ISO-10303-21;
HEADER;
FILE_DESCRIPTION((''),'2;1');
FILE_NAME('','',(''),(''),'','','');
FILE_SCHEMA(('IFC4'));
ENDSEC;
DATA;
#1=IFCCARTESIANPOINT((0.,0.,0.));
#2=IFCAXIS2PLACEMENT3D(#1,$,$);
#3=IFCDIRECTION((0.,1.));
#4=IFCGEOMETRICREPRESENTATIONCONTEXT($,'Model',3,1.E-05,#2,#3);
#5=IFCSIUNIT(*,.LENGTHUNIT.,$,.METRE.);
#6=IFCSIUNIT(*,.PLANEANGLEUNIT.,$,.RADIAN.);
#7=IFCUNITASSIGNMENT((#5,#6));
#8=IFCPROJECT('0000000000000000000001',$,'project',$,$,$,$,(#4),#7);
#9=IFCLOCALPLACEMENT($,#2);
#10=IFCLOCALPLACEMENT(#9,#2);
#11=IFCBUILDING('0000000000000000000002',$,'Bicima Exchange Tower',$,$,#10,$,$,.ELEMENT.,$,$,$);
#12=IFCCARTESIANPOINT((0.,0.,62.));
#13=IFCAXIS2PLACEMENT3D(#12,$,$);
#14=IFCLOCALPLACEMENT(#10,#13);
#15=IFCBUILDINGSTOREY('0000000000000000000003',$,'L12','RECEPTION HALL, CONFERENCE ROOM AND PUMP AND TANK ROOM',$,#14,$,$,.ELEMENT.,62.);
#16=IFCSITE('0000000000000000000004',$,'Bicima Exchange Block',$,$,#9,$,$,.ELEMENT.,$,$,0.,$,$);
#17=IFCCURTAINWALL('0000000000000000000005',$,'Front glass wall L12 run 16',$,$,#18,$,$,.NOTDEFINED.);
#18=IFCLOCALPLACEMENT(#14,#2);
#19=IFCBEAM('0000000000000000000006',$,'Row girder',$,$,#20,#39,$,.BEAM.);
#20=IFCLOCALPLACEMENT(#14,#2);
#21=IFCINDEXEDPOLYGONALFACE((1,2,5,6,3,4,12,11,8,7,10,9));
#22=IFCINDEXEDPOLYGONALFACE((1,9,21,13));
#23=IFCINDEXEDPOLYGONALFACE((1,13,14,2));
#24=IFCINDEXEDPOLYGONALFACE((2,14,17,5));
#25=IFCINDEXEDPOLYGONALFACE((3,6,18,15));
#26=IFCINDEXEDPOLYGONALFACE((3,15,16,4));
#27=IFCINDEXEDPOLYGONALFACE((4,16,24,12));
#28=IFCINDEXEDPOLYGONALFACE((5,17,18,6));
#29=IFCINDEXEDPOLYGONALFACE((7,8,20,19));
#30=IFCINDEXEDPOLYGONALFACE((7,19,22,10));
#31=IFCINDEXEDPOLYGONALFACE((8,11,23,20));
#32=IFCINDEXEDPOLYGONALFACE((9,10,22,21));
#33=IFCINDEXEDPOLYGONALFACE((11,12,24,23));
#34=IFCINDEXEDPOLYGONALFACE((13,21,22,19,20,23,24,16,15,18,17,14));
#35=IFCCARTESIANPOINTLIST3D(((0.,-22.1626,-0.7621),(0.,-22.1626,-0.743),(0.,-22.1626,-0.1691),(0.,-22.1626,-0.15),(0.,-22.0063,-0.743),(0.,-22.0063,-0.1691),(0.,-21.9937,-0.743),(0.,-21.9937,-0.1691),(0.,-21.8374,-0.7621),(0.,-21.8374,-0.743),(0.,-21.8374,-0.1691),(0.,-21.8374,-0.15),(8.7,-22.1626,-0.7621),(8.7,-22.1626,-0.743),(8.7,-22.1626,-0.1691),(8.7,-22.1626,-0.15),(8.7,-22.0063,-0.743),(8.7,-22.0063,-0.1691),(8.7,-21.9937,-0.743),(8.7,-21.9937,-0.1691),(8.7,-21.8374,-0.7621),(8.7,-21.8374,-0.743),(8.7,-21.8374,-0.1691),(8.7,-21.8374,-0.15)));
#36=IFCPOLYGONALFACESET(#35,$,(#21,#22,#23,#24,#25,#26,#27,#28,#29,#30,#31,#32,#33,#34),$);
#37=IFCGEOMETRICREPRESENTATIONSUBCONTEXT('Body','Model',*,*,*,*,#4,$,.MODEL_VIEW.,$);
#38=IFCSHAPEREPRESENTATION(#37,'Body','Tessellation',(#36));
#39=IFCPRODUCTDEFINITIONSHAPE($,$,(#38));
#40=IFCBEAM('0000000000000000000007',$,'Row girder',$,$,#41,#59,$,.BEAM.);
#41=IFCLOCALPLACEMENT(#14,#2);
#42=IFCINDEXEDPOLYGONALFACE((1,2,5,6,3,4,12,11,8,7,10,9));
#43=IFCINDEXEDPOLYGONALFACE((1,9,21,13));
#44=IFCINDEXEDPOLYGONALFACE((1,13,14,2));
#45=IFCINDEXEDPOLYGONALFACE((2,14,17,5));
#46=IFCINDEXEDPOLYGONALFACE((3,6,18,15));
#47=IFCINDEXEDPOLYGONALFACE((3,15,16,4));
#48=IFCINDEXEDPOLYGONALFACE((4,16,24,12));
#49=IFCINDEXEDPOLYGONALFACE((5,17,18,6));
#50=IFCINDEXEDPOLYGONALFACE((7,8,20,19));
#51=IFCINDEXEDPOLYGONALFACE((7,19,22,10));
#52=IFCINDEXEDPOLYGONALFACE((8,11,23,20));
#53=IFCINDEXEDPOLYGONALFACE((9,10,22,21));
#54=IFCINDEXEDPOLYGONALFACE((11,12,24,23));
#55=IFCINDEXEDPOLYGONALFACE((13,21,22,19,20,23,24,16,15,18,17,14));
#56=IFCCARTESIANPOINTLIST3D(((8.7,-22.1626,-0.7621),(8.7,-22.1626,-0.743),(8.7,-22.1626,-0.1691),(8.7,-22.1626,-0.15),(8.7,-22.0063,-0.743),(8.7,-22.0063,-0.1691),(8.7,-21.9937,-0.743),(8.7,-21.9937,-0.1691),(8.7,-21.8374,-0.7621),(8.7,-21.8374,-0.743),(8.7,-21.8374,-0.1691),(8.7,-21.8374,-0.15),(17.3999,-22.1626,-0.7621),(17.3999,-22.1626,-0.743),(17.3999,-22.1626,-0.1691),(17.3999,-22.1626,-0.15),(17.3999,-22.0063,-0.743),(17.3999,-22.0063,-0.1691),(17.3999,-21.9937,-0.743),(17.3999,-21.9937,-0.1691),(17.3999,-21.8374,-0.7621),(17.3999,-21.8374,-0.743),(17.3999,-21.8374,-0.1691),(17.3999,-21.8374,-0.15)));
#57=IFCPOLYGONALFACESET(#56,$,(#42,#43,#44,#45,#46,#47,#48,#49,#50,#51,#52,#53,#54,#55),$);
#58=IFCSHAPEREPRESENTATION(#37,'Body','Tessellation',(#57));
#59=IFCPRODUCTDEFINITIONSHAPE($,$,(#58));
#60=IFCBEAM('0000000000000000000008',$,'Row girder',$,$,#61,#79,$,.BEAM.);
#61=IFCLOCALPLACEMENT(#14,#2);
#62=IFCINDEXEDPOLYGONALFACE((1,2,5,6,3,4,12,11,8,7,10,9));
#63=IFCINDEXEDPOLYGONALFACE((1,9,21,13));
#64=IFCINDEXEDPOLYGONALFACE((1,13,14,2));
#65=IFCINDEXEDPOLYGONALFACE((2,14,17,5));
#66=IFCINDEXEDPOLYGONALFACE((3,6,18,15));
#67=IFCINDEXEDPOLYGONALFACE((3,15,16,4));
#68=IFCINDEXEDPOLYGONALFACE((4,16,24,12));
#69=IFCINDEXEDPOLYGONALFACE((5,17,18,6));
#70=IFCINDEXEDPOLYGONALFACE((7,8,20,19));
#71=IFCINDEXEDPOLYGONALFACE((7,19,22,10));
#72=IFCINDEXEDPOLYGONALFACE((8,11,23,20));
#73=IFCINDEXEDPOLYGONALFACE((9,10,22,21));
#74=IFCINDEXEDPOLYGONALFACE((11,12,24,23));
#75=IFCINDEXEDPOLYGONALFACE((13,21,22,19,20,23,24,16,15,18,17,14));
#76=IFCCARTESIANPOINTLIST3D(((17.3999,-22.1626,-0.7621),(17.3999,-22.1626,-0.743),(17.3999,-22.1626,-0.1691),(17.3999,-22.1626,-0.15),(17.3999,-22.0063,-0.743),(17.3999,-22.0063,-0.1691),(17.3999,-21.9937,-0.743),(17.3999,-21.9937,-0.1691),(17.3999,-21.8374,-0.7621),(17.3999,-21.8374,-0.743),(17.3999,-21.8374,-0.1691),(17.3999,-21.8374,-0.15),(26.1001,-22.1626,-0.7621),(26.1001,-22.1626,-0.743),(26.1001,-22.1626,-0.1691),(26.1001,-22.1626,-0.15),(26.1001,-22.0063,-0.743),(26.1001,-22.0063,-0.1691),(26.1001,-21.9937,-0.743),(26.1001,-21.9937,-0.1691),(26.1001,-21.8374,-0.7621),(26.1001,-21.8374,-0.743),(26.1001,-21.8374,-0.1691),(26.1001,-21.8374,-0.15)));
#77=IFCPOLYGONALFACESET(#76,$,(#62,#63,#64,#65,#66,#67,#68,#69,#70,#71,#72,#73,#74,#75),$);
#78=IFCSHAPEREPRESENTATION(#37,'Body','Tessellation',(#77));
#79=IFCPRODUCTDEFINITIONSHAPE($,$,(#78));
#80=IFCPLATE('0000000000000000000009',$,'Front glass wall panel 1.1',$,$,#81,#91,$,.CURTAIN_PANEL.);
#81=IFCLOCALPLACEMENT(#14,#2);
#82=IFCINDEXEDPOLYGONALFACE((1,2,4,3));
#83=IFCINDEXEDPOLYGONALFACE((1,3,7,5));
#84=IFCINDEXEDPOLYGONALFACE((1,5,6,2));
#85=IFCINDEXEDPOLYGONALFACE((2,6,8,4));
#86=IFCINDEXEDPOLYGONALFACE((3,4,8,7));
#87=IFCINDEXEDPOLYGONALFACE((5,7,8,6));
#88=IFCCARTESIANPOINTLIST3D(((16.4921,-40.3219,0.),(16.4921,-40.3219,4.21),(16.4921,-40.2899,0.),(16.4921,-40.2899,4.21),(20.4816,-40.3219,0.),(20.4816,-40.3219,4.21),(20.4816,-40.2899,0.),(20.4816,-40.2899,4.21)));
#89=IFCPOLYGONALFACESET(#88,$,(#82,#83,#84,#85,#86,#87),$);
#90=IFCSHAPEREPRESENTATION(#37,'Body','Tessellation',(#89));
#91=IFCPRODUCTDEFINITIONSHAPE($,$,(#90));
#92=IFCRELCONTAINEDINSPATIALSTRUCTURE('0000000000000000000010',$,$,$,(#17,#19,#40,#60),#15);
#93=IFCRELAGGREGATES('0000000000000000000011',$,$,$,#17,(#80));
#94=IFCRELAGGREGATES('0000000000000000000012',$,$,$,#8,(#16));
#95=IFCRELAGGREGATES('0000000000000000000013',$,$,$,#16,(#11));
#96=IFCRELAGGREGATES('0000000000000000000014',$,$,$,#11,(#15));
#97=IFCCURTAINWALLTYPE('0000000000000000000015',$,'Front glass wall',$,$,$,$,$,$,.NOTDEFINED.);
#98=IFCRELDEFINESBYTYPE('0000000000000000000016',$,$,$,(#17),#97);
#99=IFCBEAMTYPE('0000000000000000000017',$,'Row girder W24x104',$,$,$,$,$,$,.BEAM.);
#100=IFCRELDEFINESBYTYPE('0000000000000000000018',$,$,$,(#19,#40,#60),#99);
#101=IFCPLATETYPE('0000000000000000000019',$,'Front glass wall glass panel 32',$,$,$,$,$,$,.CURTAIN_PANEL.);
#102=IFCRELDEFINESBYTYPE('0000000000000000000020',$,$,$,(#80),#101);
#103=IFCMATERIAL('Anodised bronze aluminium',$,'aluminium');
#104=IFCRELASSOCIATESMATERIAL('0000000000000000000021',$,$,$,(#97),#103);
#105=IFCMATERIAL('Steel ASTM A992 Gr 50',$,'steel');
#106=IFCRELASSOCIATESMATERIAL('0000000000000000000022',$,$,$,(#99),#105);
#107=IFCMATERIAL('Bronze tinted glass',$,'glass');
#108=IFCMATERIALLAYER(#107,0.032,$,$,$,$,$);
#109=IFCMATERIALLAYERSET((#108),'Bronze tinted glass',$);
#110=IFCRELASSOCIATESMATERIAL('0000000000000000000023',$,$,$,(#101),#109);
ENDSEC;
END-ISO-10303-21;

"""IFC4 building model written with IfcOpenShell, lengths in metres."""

from ifc_helpers import new_model, si_unit, direction, frame, origin, origin_2d, place, context, subcontext, project, spatial, rectangle, i_section, extrude, material, layer, layer_set, material_profile, profile_set, type_object, element, aggregate, save


model = new_model("IFC4")

# Units and contexts
model_context = context("Model", 3, precision=1e-05, world=origin(), true_north=direction((0.0, 1.0)))
body_context = subcontext(model_context, "Body", "Model", "MODEL_VIEW")
ifc_project = project(units=[si_unit("LENGTHUNIT", "METRE"), si_unit("PLANEANGLEUNIT", "RADIAN")], contexts=[model_context])

# Site, building, storey
site_placement = place(None, origin())
site = spatial("IfcSite", under=ifc_project, at=site_placement, Name="Bicima Exchange Block", CompositionType="ELEMENT", RefElevation=0.0)
building_placement = place(site_placement, origin())
building = spatial("IfcBuilding", under=site, at=building_placement, Name="Bicima Exchange Tower", CompositionType="ELEMENT")
storey_placement = place(building_placement, frame((0.0, 0.0, 62.0)))
storey = spatial("IfcBuildingStorey", under=building, at=storey_placement, Name="L12", Description="RECEPTION HALL, CONFERENCE ROOM AND PUMP AND TANK ROOM", CompositionType="ELEMENT", Elevation=62.0)

# Shared definitions
ifc_material_1 = material(Name="Steel ASTM A992 Gr 50", Category="steel")

# Shared definitions
ifc_material_profile_1 = material_profile(ifc_material_1, i_section(OverallWidth=0.3252, OverallDepth=0.6121, WebThickness=0.0127, FlangeThickness=0.019, at=origin_2d()))
ifc_profile_set_1 = profile_set([ifc_material_profile_1], Name="Steel ASTM A992 Gr 50")

# Curtain wall
ifc_material_2 = material(Name="Anodised bronze aluminium", Category="aluminium")
curtain_wall_type = type_object("IfcCurtainWallType", Name="Front glass wall", PredefinedType="NOTDEFINED", material=ifc_material_2)
curtain_wall_1_placement = place(storey_placement, origin())
curtain_wall_1 = element("IfcCurtainWall", 1, at=curtain_wall_1_placement, inside=storey, type_object=curtain_wall_type, Name="Front glass wall L12 run 16", PredefinedType="NOTDEFINED")

# Beams
beam_type_1 = type_object("IfcBeamType", Name="Row girder W24x104", PredefinedType="BEAM", material=ifc_profile_set_1)
for number, where, z_axis, x_axis, name in (
    (2, (0.0, -22.0, -0.4561), (1.0, 0.0, 0.0), (0.0, 1.0, 0.0), "Row girder"),
    (3, (8.7, -22.0, -0.4561), (1.0, 0.0, 0.0), (0.0, 1.0, 0.0), "Row girder"),
):
    element("IfcBeam", number, at=place(storey_placement, frame(where, z_axis=z_axis, x_axis=x_axis)), inside=storey, type_object=beam_type_1, Name=name, PredefinedType="BEAM", context=body_context, shape_type="SweptSolid", body=[
        extrude(i_section(OverallWidth=0.3252, OverallDepth=0.6121, WebThickness=0.0127, FlangeThickness=0.019, at=origin_2d()), origin(), (0.0, 0.0, 1.0), 8.7),
    ])
beam_1_placement = place(storey_placement, frame((17.3999, -22.0, -0.4561), z_axis=(1.0, 0.0, 0.0), x_axis=(0.0, 1.0, 0.0)))
element("IfcBeam", 4, at=beam_1_placement, inside=storey, type_object=beam_type_1, Name="Row girder", PredefinedType="BEAM", context=body_context, shape_type="SweptSolid", body=[
    extrude(i_section(OverallWidth=0.3252, OverallDepth=0.6121, WebThickness=0.0127, FlangeThickness=0.019, at=origin_2d()), origin(), (0.0, 0.0, 1.0), 8.7002),
])

# Plate
ifc_material_3 = material(Name="Bronze tinted glass", Category="glass")
ifc_layer = layer(ifc_material_3, 0.032)
ifc_layer_set = layer_set([ifc_layer], Name="Bronze tinted glass")
plate_type = type_object("IfcPlateType", Name="Front glass wall glass panel 32", PredefinedType="CURTAIN_PANEL", material=ifc_layer_set)
plate_placement = place(storey_placement, frame((18.4868, -40.3059, 0.0), z_axis=(0.0, 0.0, 1.0), x_axis=(1.0, 0.0, 0.0)))
plate = element("IfcPlate", 5, at=plate_placement, type_object=plate_type, Name="Front glass wall panel 1.1", PredefinedType="CURTAIN_PANEL", context=body_context, shape_type="SweptSolid", body=[
    extrude(rectangle(XDim=3.9895, YDim=0.032, at=origin_2d()), origin(), (0.0, 0.0, 1.0), 4.21),
])
aggregate(curtain_wall_1, [plate])

save(model, "model.ifc")
